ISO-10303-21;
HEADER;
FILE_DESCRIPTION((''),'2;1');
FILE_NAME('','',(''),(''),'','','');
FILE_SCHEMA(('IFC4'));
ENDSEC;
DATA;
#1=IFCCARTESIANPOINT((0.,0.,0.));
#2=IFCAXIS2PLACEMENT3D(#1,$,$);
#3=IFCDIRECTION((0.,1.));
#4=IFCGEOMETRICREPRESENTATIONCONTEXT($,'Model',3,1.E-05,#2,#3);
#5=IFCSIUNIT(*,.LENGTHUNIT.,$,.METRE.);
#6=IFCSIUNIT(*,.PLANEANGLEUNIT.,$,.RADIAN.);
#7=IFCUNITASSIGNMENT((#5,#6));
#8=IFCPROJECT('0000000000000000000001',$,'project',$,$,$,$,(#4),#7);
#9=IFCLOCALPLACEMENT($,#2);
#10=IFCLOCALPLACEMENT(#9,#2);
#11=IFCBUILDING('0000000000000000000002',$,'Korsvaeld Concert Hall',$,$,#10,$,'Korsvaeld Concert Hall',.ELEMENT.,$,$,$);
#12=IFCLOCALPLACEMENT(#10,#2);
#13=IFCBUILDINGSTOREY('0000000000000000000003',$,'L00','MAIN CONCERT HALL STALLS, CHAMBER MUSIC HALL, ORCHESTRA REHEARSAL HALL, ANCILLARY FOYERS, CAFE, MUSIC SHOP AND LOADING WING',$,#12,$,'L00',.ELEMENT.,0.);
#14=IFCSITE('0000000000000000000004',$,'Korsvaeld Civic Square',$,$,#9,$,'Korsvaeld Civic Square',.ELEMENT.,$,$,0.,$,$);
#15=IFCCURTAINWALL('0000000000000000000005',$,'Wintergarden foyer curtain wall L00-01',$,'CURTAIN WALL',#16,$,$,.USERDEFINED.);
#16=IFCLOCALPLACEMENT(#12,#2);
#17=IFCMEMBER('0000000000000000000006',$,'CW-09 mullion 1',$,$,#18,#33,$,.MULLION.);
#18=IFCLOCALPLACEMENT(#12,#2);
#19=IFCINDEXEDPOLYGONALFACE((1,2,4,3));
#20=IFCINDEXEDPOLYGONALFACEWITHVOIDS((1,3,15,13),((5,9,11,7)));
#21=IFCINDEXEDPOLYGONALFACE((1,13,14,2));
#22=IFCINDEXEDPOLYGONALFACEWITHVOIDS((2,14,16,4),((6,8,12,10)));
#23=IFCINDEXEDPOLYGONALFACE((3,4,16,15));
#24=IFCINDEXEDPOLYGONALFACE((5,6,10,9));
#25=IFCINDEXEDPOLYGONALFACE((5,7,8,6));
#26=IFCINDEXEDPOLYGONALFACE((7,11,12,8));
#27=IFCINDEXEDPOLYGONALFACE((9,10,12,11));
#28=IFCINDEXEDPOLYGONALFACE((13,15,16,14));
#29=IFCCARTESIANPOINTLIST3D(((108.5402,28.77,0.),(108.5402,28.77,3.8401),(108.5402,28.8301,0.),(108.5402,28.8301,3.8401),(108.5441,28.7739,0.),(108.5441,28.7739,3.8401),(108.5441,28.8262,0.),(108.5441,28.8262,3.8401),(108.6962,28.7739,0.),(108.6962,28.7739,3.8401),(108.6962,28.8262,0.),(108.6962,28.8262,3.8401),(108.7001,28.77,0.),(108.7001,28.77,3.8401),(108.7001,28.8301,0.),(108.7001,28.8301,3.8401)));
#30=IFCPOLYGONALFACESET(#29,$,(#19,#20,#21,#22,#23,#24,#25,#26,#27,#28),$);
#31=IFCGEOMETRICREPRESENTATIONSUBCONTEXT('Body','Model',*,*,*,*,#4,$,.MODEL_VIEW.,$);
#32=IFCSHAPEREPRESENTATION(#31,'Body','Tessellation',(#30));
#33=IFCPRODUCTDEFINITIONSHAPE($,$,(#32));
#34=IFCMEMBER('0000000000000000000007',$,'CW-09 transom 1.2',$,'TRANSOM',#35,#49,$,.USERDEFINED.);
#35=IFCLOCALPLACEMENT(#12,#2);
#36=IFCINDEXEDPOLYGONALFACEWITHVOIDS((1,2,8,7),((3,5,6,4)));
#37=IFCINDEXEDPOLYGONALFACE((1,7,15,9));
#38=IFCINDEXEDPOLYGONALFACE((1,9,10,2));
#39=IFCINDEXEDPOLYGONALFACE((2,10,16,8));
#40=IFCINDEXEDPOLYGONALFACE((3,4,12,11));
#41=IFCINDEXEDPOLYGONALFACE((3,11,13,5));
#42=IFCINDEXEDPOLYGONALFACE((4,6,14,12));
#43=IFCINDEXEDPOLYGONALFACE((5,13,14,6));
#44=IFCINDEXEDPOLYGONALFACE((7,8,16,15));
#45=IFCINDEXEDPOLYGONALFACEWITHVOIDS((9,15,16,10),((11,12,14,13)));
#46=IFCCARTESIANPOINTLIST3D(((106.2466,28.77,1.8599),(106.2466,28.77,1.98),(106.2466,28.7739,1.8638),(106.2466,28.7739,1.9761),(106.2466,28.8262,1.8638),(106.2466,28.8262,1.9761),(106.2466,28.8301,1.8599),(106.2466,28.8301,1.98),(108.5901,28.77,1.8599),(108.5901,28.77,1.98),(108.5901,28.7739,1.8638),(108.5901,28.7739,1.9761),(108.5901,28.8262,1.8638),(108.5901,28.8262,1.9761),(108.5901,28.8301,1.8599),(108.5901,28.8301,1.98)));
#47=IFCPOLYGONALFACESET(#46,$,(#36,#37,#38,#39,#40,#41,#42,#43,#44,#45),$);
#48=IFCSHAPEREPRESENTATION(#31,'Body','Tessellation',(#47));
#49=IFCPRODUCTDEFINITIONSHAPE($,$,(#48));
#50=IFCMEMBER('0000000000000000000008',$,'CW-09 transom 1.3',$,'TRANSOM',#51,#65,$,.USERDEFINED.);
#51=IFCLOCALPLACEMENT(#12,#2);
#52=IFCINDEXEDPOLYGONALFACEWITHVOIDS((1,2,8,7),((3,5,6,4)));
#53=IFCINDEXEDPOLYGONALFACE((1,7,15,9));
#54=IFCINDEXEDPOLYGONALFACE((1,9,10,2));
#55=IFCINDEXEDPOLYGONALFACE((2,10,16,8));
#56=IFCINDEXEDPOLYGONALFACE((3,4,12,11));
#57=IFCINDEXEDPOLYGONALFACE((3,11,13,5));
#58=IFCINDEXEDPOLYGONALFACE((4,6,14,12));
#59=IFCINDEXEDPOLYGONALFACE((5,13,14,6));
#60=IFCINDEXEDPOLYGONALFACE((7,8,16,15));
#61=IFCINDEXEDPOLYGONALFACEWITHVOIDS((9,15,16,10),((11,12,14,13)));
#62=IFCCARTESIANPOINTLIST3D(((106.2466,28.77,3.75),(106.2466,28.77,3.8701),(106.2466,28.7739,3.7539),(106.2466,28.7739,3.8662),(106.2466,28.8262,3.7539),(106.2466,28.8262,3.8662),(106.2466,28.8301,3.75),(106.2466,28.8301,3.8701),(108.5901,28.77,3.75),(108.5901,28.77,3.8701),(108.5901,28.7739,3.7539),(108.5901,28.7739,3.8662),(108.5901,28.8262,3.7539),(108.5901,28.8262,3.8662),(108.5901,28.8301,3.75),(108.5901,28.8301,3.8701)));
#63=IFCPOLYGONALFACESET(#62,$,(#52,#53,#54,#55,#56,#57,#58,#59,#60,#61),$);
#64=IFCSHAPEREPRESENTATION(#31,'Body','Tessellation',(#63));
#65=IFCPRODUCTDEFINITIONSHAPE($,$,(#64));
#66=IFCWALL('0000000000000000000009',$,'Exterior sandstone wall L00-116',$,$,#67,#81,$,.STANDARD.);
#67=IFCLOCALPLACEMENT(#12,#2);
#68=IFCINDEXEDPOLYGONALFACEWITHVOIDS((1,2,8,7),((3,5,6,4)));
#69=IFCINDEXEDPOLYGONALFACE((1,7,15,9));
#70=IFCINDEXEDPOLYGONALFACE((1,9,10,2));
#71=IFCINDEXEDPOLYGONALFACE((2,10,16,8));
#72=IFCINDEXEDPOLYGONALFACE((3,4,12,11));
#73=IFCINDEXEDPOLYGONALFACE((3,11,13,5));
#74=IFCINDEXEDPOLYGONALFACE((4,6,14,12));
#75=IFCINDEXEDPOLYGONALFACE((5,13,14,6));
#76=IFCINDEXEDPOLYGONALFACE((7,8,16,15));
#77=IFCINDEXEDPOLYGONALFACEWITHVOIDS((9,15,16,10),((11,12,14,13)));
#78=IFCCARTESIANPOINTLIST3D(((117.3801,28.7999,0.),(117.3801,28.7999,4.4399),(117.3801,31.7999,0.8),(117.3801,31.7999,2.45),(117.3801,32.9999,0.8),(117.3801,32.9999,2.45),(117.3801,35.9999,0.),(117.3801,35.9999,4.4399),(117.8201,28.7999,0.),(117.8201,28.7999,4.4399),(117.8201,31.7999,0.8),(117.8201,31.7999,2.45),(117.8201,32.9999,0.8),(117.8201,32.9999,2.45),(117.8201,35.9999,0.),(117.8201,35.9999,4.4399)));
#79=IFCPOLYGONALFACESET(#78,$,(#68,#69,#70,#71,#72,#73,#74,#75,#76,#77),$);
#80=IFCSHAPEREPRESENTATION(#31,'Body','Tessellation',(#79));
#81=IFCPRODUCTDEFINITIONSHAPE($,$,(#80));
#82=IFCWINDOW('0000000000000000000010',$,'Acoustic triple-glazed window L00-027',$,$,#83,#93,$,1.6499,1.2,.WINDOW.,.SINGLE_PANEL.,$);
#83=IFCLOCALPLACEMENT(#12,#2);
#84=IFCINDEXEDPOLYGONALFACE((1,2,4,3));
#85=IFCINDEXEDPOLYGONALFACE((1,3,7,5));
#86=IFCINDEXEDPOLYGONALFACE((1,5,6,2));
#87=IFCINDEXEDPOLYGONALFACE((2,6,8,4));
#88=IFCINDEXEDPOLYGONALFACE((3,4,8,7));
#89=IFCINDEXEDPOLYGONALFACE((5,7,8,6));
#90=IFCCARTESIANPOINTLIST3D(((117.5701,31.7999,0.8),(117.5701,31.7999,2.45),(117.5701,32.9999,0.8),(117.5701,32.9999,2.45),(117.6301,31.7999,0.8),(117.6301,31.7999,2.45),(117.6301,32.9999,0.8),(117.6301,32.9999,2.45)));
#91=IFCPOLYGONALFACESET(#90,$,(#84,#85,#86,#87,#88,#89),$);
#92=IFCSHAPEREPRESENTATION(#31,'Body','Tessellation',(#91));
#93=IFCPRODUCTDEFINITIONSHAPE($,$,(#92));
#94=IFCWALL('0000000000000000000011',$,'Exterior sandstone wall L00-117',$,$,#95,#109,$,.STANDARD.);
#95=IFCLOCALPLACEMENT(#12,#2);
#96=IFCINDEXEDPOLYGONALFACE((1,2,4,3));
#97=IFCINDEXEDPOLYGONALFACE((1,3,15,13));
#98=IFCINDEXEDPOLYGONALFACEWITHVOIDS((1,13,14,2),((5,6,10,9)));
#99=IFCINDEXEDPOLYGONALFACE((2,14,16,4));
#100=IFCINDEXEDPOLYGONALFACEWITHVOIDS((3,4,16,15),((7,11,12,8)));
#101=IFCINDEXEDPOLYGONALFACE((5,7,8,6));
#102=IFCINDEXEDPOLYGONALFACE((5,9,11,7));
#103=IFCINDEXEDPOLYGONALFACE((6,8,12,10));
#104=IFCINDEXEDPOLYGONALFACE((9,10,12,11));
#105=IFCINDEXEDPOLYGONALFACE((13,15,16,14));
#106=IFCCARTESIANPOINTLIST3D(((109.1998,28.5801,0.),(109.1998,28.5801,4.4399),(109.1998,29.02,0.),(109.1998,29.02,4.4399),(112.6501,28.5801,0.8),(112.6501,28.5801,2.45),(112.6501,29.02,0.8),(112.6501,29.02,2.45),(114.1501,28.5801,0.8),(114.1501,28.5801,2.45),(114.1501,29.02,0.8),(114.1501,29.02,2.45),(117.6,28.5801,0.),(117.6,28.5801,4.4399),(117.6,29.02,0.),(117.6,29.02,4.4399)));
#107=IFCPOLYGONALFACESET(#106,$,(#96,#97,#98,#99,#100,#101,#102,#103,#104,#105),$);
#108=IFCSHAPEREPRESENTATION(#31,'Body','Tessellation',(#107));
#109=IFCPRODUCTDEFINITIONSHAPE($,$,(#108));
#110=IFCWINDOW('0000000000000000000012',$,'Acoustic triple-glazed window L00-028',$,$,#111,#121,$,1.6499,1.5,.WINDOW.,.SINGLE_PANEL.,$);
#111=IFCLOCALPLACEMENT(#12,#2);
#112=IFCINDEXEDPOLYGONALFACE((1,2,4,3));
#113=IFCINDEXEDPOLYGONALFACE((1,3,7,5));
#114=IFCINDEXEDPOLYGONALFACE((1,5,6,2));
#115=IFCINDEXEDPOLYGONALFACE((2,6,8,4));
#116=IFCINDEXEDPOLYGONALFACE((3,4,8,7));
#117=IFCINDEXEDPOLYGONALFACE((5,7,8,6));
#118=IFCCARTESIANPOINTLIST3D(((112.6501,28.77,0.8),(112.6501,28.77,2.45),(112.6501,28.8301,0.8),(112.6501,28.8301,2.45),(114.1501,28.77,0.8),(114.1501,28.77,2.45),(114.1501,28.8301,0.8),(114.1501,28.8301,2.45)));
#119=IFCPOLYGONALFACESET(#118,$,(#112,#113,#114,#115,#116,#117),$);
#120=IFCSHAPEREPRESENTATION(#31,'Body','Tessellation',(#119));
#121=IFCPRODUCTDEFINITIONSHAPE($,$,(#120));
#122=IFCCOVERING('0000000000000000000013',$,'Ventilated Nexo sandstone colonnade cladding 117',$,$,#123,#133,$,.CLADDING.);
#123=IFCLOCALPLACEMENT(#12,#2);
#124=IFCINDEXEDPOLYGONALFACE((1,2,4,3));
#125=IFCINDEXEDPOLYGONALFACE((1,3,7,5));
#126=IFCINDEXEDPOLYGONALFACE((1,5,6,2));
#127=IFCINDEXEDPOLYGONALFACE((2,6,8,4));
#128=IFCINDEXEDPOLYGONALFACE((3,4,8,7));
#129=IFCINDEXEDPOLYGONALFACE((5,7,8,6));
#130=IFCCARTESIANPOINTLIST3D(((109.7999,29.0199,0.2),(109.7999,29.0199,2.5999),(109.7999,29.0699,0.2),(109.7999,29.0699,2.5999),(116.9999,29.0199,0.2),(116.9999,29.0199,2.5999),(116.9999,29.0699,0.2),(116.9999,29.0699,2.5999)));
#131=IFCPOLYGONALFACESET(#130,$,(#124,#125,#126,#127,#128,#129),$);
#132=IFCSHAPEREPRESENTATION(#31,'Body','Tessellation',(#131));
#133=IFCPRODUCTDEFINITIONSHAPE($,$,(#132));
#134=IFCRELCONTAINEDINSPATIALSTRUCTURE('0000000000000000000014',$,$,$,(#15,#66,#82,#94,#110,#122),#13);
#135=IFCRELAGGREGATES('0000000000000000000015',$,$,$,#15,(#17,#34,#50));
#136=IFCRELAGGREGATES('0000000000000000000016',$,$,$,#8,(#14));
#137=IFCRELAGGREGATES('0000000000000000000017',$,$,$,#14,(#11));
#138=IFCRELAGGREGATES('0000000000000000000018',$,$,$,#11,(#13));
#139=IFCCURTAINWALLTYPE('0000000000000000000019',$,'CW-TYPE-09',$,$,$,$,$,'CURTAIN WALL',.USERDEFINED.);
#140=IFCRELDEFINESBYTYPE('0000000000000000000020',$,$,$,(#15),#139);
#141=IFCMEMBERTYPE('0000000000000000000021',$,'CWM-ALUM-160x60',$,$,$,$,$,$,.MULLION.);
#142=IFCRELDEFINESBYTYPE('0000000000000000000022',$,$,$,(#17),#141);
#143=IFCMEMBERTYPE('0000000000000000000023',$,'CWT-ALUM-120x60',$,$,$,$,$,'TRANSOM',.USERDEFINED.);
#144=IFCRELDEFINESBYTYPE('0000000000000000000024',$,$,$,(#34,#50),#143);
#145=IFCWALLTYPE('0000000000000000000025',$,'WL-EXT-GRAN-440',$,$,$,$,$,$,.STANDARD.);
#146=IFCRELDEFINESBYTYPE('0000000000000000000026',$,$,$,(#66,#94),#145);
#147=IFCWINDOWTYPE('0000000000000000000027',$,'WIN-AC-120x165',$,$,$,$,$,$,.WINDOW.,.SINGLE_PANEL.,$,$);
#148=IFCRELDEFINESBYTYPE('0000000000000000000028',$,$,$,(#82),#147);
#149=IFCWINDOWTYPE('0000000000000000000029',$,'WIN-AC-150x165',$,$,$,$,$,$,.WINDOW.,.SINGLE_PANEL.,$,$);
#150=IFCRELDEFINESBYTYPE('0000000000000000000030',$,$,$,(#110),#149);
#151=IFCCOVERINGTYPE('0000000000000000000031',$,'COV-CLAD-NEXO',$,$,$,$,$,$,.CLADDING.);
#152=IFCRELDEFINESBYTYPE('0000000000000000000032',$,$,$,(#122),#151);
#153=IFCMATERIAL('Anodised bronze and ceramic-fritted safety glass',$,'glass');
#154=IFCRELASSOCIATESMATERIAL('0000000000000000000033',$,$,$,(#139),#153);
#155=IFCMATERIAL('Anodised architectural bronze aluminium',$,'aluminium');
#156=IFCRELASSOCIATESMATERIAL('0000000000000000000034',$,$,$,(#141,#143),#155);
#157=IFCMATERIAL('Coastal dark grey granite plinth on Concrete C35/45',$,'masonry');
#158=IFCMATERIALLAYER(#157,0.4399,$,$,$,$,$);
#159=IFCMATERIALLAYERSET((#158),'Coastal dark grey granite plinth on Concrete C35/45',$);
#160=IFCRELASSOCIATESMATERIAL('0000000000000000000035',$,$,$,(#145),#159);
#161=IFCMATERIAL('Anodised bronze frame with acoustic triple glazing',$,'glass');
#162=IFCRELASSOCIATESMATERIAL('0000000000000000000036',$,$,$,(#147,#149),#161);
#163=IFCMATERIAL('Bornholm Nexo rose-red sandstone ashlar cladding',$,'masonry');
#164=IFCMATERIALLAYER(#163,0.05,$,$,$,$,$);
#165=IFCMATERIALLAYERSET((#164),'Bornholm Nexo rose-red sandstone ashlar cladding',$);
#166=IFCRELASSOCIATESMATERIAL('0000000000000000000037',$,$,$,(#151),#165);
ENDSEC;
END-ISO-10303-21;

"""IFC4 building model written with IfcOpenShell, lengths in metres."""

from ifc_helpers import new_model, si_unit, direction, frame, frame_2d, origin, origin_2d, place, context, subcontext, project, spatial, rectangle, hollow_rectangle, extrude, material, layer, layer_set, material_profile, profile_set, type_object, element, fill, aggregate, save


model = new_model("IFC4")

# Units and contexts
model_context = context("Model", 3, precision=1e-05, world=origin(), true_north=direction((0.0, 1.0)))
body_context = subcontext(model_context, "Body", "Model", "MODEL_VIEW")
ifc_project = project(units=[si_unit("LENGTHUNIT", "METRE"), si_unit("PLANEANGLEUNIT", "RADIAN")], contexts=[model_context])

# Site, building, storey
site_placement = place(None, origin())
site = spatial("IfcSite", under=ifc_project, at=site_placement, Name="Korsvaeld Civic Square", LongName="Korsvaeld Civic Square", CompositionType="ELEMENT", RefElevation=0.0)
building_placement = place(site_placement, origin())
building = spatial("IfcBuilding", under=site, at=building_placement, Name="Korsvaeld Concert Hall", LongName="Korsvaeld Concert Hall", CompositionType="ELEMENT")
storey_placement = place(building_placement, origin())
storey = spatial("IfcBuildingStorey", under=building, at=storey_placement, Name="L00", Description="MAIN CONCERT HALL STALLS, CHAMBER MUSIC HALL, ORCHESTRA REHEARSAL HALL, ANCILLARY FOYERS, CAFE, MUSIC SHOP AND LOADING WING", LongName="L00", CompositionType="ELEMENT", Elevation=0.0)

# Curtain wall, members
ifc_material_1 = material(Name="Anodised bronze and ceramic-fritted safety glass", Category="glass")
curtain_wall_type = type_object("IfcCurtainWallType", Name="CW-TYPE-09", ElementType="CURTAIN WALL", PredefinedType="USERDEFINED", material=ifc_material_1)
curtain_wall_placement = place(storey_placement, origin())
curtain_wall = element("IfcCurtainWall", 1, at=curtain_wall_placement, inside=storey, type_object=curtain_wall_type, Name="Wintergarden foyer curtain wall L00-01", ObjectType="CURTAIN WALL", PredefinedType="USERDEFINED")
ifc_material_2 = material(Name="Anodised architectural bronze aluminium", Category="aluminium")
ifc_material_profile_1 = material_profile(ifc_material_2, hollow_rectangle(XDim=0.0601, YDim=0.1599, WallThickness=0.0039, at=origin_2d()), Name="CWM 160x60x4")
ifc_profile_set_1 = profile_set([ifc_material_profile_1], Name="Anodised architectural bronze aluminium")
member_type_1 = type_object("IfcMemberType", Name="CWM-ALUM-160x60", PredefinedType="MULLION", material=ifc_profile_set_1)
member_1_placement = place(storey_placement, frame((108.6201, 28.8, 0.0), z_axis=(0.0, 0.0, 1.0), x_axis=(0.0, -1.0, 0.0)))
member_1 = element("IfcMember", 2, at=member_1_placement, type_object=member_type_1, Name="CW-09 mullion 1", PredefinedType="MULLION", context=body_context, shape_type="SweptSolid", body=[
    extrude(hollow_rectangle(XDim=0.0601, YDim=0.1599, WallThickness=0.0039, at=origin_2d()), origin(), (0.0, 0.0, 1.0), 3.8401),
])
ifc_material_profile_2 = material_profile(ifc_material_2, hollow_rectangle(XDim=0.0601, YDim=0.1201, WallThickness=0.0039, at=origin_2d()), Name="CWT 120x60x4")
ifc_profile_set_2 = profile_set([ifc_material_profile_2], Name="Anodised architectural bronze aluminium")
member_type_2 = type_object("IfcMemberType", Name="CWT-ALUM-120x60", ElementType="TRANSOM", PredefinedType="USERDEFINED", material=ifc_profile_set_2)
member_2_placement = place(storey_placement, frame((108.5901, 28.8, 1.9199), z_axis=(-1.0, 0.0, 0.0), x_axis=(0.0, -1.0, 0.0)))
member_2 = element("IfcMember", 3, at=member_2_placement, type_object=member_type_2, Name="CW-09 transom 1.2", ObjectType="TRANSOM", PredefinedType="USERDEFINED", context=body_context, shape_type="SweptSolid", body=[
    extrude(hollow_rectangle(XDim=0.0601, YDim=0.1201, WallThickness=0.0039, at=origin_2d()), origin(), (0.0, 0.0, 1.0), 2.3435),
])
member_3_placement = place(storey_placement, frame((108.5901, 28.8, 3.8101), z_axis=(-1.0, 0.0, 0.0), x_axis=(0.0, -1.0, 0.0)))
member_3 = element("IfcMember", 4, at=member_3_placement, type_object=member_type_2, Name="CW-09 transom 1.3", ObjectType="TRANSOM", PredefinedType="USERDEFINED", context=body_context, shape_type="SweptSolid", body=[
    extrude(hollow_rectangle(XDim=0.0601, YDim=0.1201, WallThickness=0.0039, at=origin_2d()), origin(), (0.0, 0.0, 1.0), 2.3435),
])
aggregate(curtain_wall, [member_1, member_2, member_3])

# Walls, openings, windows
ifc_material_3 = material(Name="Coastal dark grey granite plinth on Concrete C35/45", Category="masonry")
ifc_layer_1 = layer(ifc_material_3, 0.4399)
ifc_layer_set_1 = layer_set([ifc_layer_1], Name="Coastal dark grey granite plinth on Concrete C35/45")
wall_type = type_object("IfcWallType", Name="WL-EXT-GRAN-440", PredefinedType="STANDARD", material=ifc_layer_set_1)
wall_1_placement = place(storey_placement, frame((117.6001, 36.0, 0.0), z_axis=(0.0, 0.0, 1.0), x_axis=(0.0, -1.0, 0.0)))
wall_1 = element("IfcWall", 5, at=wall_1_placement, inside=storey, type_object=wall_type, Name="Exterior sandstone wall L00-116", PredefinedType="STANDARD", context=body_context, shape_type="SweptSolid", body=[
    extrude(rectangle(XDim=7.2, YDim=0.4399, at=frame_2d((3.6001, 0.0))), origin(), (0.0, 0.0, 1.0), 4.4399),
])
opening_1_placement = place(wall_1_placement, frame((3.0, 0.0, 0.8)))
opening_1 = element("IfcOpeningElement", 6, at=opening_1_placement, cuts=wall_1, PredefinedType="OPENING", context=body_context, shape_type="SweptSolid", body=[
    extrude(rectangle(XDim=1.2, YDim=1.6499, at=frame_2d((0.6001, 0.825))), frame((0.0, 0.23, 0.0), z_axis=(0.0, -1.0, 0.0), x_axis=(1.0, 0.0, 0.0)), (0.0, 0.0, 1.0), 0.46),
])
ifc_material_4 = material(Name="Anodised bronze frame with acoustic triple glazing", Category="glass")
window_type_1 = type_object("IfcWindowType", Name="WIN-AC-120x165", PartitioningType="SINGLE_PANEL", PredefinedType="WINDOW", material=ifc_material_4)
window_1_placement = place(opening_1_placement, origin())
window_1 = element("IfcWindow", 7, at=window_1_placement, inside=storey, type_object=window_type_1, Name="Acoustic triple-glazed window L00-027", OverallHeight=1.6499, OverallWidth=1.2, PartitioningType="SINGLE_PANEL", PredefinedType="WINDOW", context=body_context, shape_type="SweptSolid", body=[
    extrude(rectangle(XDim=1.2, YDim=1.6499, at=frame_2d((0.6001, 0.825))), frame((0.0, 0.03, 0.0), z_axis=(0.0, -1.0, 0.0), x_axis=(1.0, 0.0, 0.0)), (0.0, 0.0, 1.0), 0.0601),
])
fill(opening_1, window_1)
wall_2_placement = place(storey_placement, frame((117.6001, 28.8, 0.0), z_axis=(0.0, 0.0, 1.0), x_axis=(-1.0, 0.0, 0.0)))
wall_2 = element("IfcWall", 8, at=wall_2_placement, inside=storey, type_object=wall_type, Name="Exterior sandstone wall L00-117", PredefinedType="STANDARD", context=body_context, shape_type="SweptSolid", body=[
    extrude(rectangle(XDim=8.4001, YDim=0.4399, at=frame_2d((4.2002, 0.0))), origin(), (0.0, 0.0, 1.0), 4.4399),
])
opening_2_placement = place(wall_2_placement, frame((3.45, 0.0, 0.8)))
opening_2 = element("IfcOpeningElement", 9, at=opening_2_placement, cuts=wall_2, PredefinedType="OPENING", context=body_context, shape_type="SweptSolid", body=[
    extrude(rectangle(XDim=1.5, YDim=1.6499, at=frame_2d((0.75, 0.825))), frame((0.0, 0.23, 0.0), z_axis=(0.0, -1.0, 0.0), x_axis=(1.0, 0.0, 0.0)), (0.0, 0.0, 1.0), 0.46),
])
window_type_2 = type_object("IfcWindowType", Name="WIN-AC-150x165", PartitioningType="SINGLE_PANEL", PredefinedType="WINDOW", material=ifc_material_4)
window_2_placement = place(opening_2_placement, origin())
window_2 = element("IfcWindow", 10, at=window_2_placement, inside=storey, type_object=window_type_2, Name="Acoustic triple-glazed window L00-028", OverallHeight=1.6499, OverallWidth=1.5, PartitioningType="SINGLE_PANEL", PredefinedType="WINDOW", context=body_context, shape_type="SweptSolid", body=[
    extrude(rectangle(XDim=1.5, YDim=1.6499, at=frame_2d((0.75, 0.825))), frame((0.0, 0.03, 0.0), z_axis=(0.0, -1.0, 0.0), x_axis=(1.0, 0.0, 0.0)), (0.0, 0.0, 1.0), 0.0601),
])
fill(opening_2, window_2)

# Covering
ifc_material_5 = material(Name="Bornholm Nexo rose-red sandstone ashlar cladding", Category="masonry")
ifc_layer_2 = layer(ifc_material_5, 0.05)
ifc_layer_set_2 = layer_set([ifc_layer_2], Name="Bornholm Nexo rose-red sandstone ashlar cladding")
covering_type = type_object("IfcCoveringType", Name="COV-CLAD-NEXO", PredefinedType="CLADDING", material=ifc_layer_set_2)
covering_placement = place(storey_placement, frame((113.3999, 29.0449, 0.2), z_axis=(0.0, 0.0, 1.0), x_axis=(-1.0, 0.0, 0.0)))
element("IfcCovering", 11, at=covering_placement, inside=storey, type_object=covering_type, Name="Ventilated Nexo sandstone colonnade cladding 117", PredefinedType="CLADDING", context=body_context, shape_type="SweptSolid", body=[
    extrude(rectangle(XDim=7.2, YDim=0.05, at=origin_2d()), origin(), (0.0, 0.0, 1.0), 2.3999),
])

save(model, "model.ifc")
